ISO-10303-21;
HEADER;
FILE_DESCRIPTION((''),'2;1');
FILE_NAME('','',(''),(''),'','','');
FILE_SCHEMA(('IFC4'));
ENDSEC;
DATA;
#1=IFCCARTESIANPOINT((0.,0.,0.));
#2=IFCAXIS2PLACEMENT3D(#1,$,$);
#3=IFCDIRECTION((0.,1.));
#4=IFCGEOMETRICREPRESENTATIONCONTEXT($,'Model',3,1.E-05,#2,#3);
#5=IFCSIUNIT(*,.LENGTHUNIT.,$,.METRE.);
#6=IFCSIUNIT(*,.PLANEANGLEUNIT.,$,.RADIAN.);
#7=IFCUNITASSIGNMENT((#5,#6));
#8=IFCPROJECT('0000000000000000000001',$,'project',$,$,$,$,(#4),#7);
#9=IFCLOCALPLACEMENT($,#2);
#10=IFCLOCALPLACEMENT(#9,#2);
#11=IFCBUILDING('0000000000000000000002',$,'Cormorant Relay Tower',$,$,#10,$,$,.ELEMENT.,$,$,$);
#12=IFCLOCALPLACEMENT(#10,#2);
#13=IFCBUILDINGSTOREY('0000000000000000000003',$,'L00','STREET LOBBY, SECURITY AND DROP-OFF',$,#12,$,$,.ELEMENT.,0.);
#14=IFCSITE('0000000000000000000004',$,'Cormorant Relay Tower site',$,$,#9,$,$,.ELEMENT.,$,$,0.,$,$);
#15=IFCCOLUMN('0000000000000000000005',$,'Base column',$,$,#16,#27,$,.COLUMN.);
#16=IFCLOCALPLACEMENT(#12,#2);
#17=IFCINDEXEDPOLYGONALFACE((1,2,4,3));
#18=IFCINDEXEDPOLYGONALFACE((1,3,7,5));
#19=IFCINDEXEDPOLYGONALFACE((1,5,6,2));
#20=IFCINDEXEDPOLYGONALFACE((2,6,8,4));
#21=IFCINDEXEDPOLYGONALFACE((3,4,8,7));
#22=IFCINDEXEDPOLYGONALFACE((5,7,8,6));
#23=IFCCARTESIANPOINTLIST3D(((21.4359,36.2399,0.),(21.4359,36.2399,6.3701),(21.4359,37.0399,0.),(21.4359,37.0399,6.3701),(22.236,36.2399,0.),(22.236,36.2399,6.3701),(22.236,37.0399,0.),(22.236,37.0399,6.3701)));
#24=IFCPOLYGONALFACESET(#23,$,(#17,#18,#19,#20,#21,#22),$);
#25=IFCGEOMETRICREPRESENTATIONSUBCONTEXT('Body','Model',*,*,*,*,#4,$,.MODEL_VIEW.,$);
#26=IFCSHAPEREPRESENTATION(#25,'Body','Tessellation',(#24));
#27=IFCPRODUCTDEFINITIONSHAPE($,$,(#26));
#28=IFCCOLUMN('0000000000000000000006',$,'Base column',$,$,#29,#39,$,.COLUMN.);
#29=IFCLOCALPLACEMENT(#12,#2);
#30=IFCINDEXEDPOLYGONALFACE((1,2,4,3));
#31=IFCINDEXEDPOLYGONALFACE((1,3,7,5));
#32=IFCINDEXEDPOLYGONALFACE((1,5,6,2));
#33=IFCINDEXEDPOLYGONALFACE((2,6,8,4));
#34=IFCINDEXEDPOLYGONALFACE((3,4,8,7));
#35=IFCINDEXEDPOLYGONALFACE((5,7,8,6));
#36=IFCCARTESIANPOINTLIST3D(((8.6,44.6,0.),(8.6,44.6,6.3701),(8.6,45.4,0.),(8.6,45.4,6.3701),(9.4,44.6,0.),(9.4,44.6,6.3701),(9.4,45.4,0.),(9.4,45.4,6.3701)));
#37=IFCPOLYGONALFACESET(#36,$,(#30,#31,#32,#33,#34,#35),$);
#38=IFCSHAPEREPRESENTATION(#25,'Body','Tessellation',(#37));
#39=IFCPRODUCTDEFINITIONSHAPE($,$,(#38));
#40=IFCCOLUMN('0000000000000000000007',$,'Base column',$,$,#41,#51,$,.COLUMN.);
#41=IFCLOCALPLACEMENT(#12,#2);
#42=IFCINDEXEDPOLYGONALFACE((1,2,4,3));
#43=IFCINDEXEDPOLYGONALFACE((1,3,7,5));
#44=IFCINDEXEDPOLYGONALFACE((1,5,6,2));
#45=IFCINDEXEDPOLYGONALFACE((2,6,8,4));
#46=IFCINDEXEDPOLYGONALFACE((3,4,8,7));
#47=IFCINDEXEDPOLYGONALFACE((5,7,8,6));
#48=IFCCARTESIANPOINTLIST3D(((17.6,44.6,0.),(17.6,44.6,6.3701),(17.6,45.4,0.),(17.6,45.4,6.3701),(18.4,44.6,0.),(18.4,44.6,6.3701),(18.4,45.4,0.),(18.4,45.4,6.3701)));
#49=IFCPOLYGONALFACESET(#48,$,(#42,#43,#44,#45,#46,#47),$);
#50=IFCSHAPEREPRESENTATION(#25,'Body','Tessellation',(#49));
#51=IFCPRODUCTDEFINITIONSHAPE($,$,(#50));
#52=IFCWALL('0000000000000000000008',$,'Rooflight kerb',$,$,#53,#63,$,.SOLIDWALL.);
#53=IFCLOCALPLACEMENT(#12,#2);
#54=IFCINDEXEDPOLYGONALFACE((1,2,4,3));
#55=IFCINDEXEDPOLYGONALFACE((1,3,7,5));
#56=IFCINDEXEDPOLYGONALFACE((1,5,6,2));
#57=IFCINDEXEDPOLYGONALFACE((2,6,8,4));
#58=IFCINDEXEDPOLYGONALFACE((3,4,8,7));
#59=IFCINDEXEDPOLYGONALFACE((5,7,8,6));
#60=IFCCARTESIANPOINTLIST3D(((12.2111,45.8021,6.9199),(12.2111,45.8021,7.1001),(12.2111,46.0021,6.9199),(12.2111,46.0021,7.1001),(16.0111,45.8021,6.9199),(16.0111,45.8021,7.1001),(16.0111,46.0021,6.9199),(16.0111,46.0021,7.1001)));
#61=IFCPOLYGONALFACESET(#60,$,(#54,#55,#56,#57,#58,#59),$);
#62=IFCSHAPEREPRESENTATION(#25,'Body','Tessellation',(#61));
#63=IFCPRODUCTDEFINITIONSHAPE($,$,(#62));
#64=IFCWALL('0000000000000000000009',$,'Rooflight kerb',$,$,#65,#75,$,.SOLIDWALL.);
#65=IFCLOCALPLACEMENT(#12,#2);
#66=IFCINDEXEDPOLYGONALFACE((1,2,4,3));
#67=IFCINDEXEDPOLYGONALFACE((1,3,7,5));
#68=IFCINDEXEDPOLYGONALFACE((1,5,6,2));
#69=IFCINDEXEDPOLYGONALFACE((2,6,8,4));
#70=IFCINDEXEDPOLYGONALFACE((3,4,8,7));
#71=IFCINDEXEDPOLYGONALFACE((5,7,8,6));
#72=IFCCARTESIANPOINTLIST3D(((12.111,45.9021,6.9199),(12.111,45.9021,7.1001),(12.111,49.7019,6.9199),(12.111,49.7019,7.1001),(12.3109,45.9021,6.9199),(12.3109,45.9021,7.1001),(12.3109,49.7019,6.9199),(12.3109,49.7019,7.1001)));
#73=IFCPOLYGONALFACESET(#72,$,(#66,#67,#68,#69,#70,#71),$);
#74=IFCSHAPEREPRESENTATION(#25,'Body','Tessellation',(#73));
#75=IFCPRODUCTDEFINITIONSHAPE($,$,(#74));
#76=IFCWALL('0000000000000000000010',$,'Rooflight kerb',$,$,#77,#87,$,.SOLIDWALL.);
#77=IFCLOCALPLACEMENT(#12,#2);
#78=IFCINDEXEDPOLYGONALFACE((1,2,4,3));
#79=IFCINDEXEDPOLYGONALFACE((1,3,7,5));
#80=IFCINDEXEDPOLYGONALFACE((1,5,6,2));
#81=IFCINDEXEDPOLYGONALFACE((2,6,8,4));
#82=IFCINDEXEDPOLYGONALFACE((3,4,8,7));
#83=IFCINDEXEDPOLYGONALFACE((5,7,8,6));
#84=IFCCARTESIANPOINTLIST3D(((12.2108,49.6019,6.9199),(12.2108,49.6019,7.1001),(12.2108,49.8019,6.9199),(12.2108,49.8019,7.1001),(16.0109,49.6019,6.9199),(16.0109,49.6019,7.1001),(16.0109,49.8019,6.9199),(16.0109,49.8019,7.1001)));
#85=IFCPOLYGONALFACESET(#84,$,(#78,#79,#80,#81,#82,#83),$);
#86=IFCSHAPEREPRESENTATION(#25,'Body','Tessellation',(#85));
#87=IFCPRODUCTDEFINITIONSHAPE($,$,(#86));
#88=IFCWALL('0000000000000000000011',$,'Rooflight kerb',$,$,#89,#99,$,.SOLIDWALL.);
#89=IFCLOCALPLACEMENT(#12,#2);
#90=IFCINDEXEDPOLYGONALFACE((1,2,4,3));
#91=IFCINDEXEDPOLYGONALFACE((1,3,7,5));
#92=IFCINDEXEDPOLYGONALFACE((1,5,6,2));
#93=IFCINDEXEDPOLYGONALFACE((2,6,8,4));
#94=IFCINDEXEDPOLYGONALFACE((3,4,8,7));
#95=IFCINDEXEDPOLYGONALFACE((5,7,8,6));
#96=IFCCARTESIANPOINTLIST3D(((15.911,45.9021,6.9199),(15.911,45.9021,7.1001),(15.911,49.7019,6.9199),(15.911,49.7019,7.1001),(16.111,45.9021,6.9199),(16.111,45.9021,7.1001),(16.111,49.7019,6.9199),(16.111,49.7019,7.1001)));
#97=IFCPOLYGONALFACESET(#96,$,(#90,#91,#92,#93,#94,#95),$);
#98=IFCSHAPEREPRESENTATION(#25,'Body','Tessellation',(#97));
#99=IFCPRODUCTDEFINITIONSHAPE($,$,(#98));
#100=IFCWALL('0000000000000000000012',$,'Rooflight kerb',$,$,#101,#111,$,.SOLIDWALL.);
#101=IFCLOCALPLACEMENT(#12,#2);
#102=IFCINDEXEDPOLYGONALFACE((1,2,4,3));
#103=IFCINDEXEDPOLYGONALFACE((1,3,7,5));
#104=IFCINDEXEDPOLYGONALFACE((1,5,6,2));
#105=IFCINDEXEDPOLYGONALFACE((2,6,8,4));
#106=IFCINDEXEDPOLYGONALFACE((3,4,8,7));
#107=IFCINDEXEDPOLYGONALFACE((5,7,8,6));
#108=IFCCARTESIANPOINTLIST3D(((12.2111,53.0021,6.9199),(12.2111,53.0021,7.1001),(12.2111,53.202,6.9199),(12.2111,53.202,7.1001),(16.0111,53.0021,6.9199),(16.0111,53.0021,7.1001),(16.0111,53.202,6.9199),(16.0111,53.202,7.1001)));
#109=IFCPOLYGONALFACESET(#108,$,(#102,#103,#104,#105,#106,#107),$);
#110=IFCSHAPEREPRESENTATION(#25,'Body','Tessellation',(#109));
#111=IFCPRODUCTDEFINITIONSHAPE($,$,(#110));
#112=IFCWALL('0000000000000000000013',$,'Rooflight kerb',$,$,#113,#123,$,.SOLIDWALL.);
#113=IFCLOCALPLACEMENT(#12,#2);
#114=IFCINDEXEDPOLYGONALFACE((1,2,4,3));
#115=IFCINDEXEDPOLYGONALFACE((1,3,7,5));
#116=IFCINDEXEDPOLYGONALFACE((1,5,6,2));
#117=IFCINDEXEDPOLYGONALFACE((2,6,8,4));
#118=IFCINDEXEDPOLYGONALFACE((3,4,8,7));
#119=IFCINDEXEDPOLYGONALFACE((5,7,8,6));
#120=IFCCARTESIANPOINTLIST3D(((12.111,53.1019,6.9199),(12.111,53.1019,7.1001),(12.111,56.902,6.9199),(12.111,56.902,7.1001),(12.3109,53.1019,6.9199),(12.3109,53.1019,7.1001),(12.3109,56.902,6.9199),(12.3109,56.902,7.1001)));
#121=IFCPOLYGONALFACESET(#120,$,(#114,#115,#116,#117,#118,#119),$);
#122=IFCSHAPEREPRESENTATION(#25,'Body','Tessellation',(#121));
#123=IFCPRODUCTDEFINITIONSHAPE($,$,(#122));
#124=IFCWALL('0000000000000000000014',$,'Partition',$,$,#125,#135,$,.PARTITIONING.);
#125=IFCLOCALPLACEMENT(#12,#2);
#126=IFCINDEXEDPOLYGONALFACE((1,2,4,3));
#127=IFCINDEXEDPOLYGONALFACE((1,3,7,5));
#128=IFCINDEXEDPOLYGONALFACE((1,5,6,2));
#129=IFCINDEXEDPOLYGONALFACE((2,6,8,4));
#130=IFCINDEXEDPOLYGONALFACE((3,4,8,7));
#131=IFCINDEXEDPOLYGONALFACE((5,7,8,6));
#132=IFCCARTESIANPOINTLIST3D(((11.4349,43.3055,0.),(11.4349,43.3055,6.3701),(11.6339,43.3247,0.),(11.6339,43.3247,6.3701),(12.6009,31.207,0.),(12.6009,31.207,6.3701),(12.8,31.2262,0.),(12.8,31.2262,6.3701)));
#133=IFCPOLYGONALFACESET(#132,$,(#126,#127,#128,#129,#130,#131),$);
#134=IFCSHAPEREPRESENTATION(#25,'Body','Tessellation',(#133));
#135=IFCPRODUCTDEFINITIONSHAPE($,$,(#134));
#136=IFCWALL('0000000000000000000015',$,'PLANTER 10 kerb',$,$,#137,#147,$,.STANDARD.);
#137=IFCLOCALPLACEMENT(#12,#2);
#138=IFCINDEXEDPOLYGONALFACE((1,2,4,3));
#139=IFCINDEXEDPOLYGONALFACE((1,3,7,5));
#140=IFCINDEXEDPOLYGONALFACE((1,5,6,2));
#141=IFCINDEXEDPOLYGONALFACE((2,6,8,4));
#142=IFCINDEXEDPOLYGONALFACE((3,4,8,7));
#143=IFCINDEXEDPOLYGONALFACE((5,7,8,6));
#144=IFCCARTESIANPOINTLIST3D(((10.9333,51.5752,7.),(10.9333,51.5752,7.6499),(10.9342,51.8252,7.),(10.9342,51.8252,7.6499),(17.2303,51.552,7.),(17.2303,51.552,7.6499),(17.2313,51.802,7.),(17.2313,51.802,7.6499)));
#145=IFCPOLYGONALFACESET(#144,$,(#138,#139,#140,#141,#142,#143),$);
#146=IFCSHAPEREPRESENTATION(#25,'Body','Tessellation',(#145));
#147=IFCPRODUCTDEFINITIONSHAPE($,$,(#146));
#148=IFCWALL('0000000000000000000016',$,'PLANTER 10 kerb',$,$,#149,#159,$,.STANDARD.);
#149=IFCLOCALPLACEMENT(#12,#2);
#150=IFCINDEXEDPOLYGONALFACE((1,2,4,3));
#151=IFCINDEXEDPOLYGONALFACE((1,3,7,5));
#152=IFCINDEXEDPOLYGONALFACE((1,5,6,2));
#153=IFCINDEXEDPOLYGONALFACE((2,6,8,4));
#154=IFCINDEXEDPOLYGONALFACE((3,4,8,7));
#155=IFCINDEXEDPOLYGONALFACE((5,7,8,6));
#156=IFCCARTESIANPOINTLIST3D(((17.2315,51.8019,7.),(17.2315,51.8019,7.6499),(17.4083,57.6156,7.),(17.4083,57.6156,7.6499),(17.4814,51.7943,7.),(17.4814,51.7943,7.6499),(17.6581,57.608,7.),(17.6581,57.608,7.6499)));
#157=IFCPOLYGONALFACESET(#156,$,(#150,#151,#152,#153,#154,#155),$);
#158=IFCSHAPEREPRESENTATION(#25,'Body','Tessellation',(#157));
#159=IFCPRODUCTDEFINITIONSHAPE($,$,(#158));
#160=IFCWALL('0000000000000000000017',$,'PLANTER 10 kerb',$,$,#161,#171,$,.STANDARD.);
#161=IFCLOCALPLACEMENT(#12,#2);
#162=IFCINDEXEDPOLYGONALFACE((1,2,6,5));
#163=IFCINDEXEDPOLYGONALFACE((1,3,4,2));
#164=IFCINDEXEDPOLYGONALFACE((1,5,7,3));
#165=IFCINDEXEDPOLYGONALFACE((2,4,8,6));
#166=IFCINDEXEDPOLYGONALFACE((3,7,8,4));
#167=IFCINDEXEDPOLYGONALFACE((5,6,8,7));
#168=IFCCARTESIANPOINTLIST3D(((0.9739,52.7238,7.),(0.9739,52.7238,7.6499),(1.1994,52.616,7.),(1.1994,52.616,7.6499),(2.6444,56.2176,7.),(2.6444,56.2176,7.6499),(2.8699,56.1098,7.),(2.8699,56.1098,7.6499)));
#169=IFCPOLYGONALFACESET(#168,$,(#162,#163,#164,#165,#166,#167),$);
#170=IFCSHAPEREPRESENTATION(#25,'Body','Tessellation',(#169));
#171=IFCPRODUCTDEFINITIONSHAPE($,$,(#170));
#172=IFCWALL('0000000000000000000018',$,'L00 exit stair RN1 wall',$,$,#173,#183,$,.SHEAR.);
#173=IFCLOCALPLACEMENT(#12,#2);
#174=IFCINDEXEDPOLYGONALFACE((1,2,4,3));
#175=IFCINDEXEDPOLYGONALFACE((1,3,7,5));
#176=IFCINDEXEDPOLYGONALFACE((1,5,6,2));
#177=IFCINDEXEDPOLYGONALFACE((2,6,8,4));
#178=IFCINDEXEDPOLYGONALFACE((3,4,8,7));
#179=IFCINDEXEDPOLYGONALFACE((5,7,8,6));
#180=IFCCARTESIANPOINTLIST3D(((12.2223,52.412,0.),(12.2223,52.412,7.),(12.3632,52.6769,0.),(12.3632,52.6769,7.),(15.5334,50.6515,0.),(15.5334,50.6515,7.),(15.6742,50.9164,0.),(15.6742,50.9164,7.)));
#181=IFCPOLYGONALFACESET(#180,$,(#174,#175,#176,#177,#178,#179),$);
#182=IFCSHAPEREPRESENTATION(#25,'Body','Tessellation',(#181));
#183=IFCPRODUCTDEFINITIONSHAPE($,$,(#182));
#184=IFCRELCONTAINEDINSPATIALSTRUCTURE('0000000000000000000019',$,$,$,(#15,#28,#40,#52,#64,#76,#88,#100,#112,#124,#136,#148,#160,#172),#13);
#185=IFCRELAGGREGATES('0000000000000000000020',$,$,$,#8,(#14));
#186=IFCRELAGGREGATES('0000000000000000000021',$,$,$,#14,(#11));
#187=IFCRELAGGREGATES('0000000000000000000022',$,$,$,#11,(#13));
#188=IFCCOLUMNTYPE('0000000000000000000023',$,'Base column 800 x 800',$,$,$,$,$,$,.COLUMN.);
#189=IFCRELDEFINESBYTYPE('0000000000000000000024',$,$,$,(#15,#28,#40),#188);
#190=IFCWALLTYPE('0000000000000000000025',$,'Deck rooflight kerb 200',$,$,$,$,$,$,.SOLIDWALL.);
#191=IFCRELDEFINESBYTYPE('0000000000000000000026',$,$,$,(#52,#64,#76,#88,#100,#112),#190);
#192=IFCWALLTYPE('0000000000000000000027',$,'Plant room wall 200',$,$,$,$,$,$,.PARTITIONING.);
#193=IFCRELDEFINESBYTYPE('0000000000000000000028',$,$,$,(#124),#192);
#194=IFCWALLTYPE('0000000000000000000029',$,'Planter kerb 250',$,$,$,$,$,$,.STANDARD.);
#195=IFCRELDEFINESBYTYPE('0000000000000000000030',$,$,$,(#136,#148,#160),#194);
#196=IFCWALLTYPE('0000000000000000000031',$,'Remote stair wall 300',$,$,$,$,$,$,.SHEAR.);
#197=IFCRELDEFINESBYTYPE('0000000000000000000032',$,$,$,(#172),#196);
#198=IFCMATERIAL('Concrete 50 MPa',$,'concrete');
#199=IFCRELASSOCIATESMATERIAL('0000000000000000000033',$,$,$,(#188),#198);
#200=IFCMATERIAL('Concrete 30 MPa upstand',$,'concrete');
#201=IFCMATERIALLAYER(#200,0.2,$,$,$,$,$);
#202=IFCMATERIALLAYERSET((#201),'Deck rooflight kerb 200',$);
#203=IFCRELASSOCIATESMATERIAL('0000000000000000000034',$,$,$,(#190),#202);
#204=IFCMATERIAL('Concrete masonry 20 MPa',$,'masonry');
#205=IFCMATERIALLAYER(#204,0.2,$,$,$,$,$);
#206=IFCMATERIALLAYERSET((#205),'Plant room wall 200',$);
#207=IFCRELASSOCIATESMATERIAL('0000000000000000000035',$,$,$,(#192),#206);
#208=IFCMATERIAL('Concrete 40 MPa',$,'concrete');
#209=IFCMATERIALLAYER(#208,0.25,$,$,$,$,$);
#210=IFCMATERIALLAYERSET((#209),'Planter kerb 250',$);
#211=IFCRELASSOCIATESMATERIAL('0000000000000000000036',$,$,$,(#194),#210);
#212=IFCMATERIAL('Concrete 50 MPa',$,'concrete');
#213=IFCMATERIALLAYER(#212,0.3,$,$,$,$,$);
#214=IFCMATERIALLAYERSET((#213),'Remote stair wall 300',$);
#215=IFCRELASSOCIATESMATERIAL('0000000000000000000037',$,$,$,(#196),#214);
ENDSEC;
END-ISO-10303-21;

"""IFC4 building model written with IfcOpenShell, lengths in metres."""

from ifc_helpers import new_model, si_unit, direction, frame, frame_2d, origin, origin_2d, place, context, subcontext, project, spatial, rectangle, extrude, material, layer, layer_set, material_profile, profile_set, type_object, element, save


model = new_model("IFC4")

# Units and contexts
model_context = context("Model", 3, precision=1e-05, world=origin(), true_north=direction((0.0, 1.0)))
body_context = subcontext(model_context, "Body", "Model", "MODEL_VIEW")
ifc_project = project(units=[si_unit("LENGTHUNIT", "METRE"), si_unit("PLANEANGLEUNIT", "RADIAN")], contexts=[model_context])

# Site, building, storey
site_placement = place(None, origin())
site = spatial("IfcSite", under=ifc_project, at=site_placement, Name="Cormorant Relay Tower site", CompositionType="ELEMENT", RefElevation=0.0)
building_placement = place(site_placement, origin())
building = spatial("IfcBuilding", under=site, at=building_placement, Name="Cormorant Relay Tower", CompositionType="ELEMENT")
storey_placement = place(building_placement, origin())
storey = spatial("IfcBuildingStorey", under=building, at=storey_placement, Name="L00", Description="STREET LOBBY, SECURITY AND DROP-OFF", CompositionType="ELEMENT", Elevation=0.0)

# Columns
ifc_material_1 = material(Name="Concrete 50 MPa", Category="concrete")
ifc_material_profile = material_profile(ifc_material_1, rectangle(XDim=0.8, YDim=0.8, at=origin_2d()), Name="RC 800x800")
ifc_profile_set = profile_set([ifc_material_profile], Name="Concrete 50 MPa")
column_type = type_object("IfcColumnType", Name="Base column 800 x 800", PredefinedType="COLUMN", material=ifc_profile_set)
for number, where, z_axis, x_axis, name in (
    (1, (21.8359, 36.6399, 0.0), (0.0, 0.0, 1.0), (1.0, 0.0, 0.0), "Base column"),
    (2, (9.0, 45.0, 0.0), (0.0, 0.0, 1.0), (1.0, 0.0, 0.0), "Base column"),
    (3, (18.0, 45.0, 0.0), (0.0, 0.0, 1.0), (1.0, 0.0, 0.0), "Base column"),
):
    element("IfcColumn", number, at=place(storey_placement, frame(where, z_axis=z_axis, x_axis=x_axis)), inside=storey, type_object=column_type, Name=name, PredefinedType="COLUMN", context=body_context, shape_type="SweptSolid", body=[
        extrude(rectangle(XDim=0.8, YDim=0.8, at=origin_2d()), origin(), (0.0, 0.0, 1.0), 6.3701),
    ])

# Walls
ifc_material_2 = material(Name="Concrete 30 MPa upstand", Category="concrete")
ifc_layer_1 = layer(ifc_material_2, 0.2)
ifc_layer_set_1 = layer_set([ifc_layer_1], Name="Deck rooflight kerb 200")
wall_type_1 = type_object("IfcWallType", Name="Deck rooflight kerb 200", PredefinedType="SOLIDWALL", material=ifc_layer_set_1)
wall_1_placement = place(storey_placement, frame((16.011, 45.9021, 6.9199), z_axis=(0.0, 0.0, 1.0), x_axis=(-1.0, 0.0, 0.0)))
element("IfcWall", 4, at=wall_1_placement, inside=storey, type_object=wall_type_1, Name="Rooflight kerb", PredefinedType="SOLIDWALL", context=body_context, shape_type="SweptSolid", body=[
    extrude(rectangle(XDim=3.8, YDim=0.2, at=frame_2d((1.8999, 0.0))), origin(), (0.0, 0.0, 1.0), 0.1802),
])
wall_2_placement = place(storey_placement, frame((12.2109, 45.9021, 6.9199), z_axis=(0.0, 0.0, 1.0), x_axis=(0.0, 1.0, 0.0)))
element("IfcWall", 5, at=wall_2_placement, inside=storey, type_object=wall_type_1, Name="Rooflight kerb", PredefinedType="SOLIDWALL", context=body_context, shape_type="SweptSolid", body=[
    extrude(rectangle(XDim=3.7998, YDim=0.2, at=frame_2d((1.8999, 0.0))), origin(), (0.0, 0.0, 1.0), 0.1802),
])
wall_3_placement = place(storey_placement, frame((12.2109, 49.7019, 6.9199), z_axis=(0.0, 0.0, 1.0), x_axis=(1.0, 0.0, 0.0)))
element("IfcWall", 6, at=wall_3_placement, inside=storey, type_object=wall_type_1, Name="Rooflight kerb", PredefinedType="SOLIDWALL", context=body_context, shape_type="SweptSolid", body=[
    extrude(rectangle(XDim=3.8, YDim=0.2, at=frame_2d((1.8999, 0.0))), origin(), (0.0, 0.0, 1.0), 0.1802),
])
wall_4_placement = place(storey_placement, frame((16.011, 49.7019, 6.9199), z_axis=(0.0, 0.0, 1.0), x_axis=(0.0, -1.0, 0.0)))
element("IfcWall", 7, at=wall_4_placement, inside=storey, type_object=wall_type_1, Name="Rooflight kerb", PredefinedType="SOLIDWALL", context=body_context, shape_type="SweptSolid", body=[
    extrude(rectangle(XDim=3.7998, YDim=0.2, at=frame_2d((1.8999, 0.0))), origin(), (0.0, 0.0, 1.0), 0.1802),
])
for number, where, z_axis, x_axis, name in (
    (8, (16.011, 53.1021, 6.9199), (0.0, 0.0, 1.0), (-1.0, 0.0, 0.0), "Rooflight kerb"),
    (9, (12.2109, 53.1021, 6.9199), (0.0, 0.0, 1.0), (0.0, 1.0, 0.0), "Rooflight kerb"),
):
    element("IfcWall", number, at=place(storey_placement, frame(where, z_axis=z_axis, x_axis=x_axis)), inside=storey, type_object=wall_type_1, Name=name, PredefinedType="SOLIDWALL", context=body_context, shape_type="SweptSolid", body=[
        extrude(rectangle(XDim=3.8, YDim=0.2, at=frame_2d((1.8999, 0.0))), origin(), (0.0, 0.0, 1.0), 0.1802),
    ])
ifc_material_3 = material(Name="Concrete masonry 20 MPa", Category="masonry")
ifc_layer_2 = layer(ifc_material_3, 0.2)
ifc_layer_set_2 = layer_set([ifc_layer_2], Name="Plant room wall 200")
wall_type_2 = type_object("IfcWallType", Name="Plant room wall 200", PredefinedType="PARTITIONING", material=ifc_layer_set_2)
wall_5_placement = place(storey_placement, frame((11.5344, 43.3149, 0.0), z_axis=(0.0, 0.0, 1.0), x_axis=(0.095933, -0.995388, 0.0)))
element("IfcWall", 10, at=wall_5_placement, inside=storey, type_object=wall_type_2, Name="Partition", PredefinedType="PARTITIONING", context=body_context, shape_type="SweptSolid", body=[
    extrude(rectangle(XDim=12.1545, YDim=0.2, at=frame_2d((6.0771, 0.0))), origin(), (0.0, 0.0, 1.0), 6.3701),
])
ifc_material_4 = material(Name="Concrete 40 MPa", Category="concrete")
ifc_layer_3 = layer(ifc_material_4, 0.25)
ifc_layer_set_3 = layer_set([ifc_layer_3], Name="Planter kerb 250")
wall_type_3 = type_object("IfcWallType", Name="Planter kerb 250", PredefinedType="STANDARD", material=ifc_layer_set_3)
wall_6_placement = place(storey_placement, frame((10.9338, 51.7002, 7.0), z_axis=(0.0, 0.0, 1.0), x_axis=(0.999993, -0.003683, 0.0)))
element("IfcWall", 11, at=wall_6_placement, inside=storey, type_object=wall_type_3, Name="PLANTER 10 kerb", PredefinedType="STANDARD", context=body_context, shape_type="SweptSolid", body=[
    extrude(rectangle(XDim=6.2971, YDim=0.25, at=frame_2d((3.1484, 0.0))), origin(), (0.0, 0.0, 1.0), 0.6499),
])
wall_7_placement = place(storey_placement, frame((17.3564, 51.7981, 7.0), z_axis=(0.0, 0.0, 1.0), x_axis=(0.03039, 0.999538, 0.0)))
element("IfcWall", 12, at=wall_7_placement, inside=storey, type_object=wall_type_3, Name="PLANTER 10 kerb", PredefinedType="STANDARD", context=body_context, shape_type="SweptSolid", body=[
    extrude(rectangle(XDim=5.8164, YDim=0.25, at=frame_2d((2.9082, 0.0))), origin(), (0.0, 0.0, 1.0), 0.6499),
])
wall_8_placement = place(storey_placement, frame((1.0867, 52.6699, 7.0), z_axis=(0.0, 0.0, 1.0), x_axis=(0.431357, 0.902181, 0.0)))
element("IfcWall", 13, at=wall_8_placement, inside=storey, type_object=wall_type_3, Name="PLANTER 10 kerb", PredefinedType="STANDARD", context=body_context, shape_type="SweptSolid", body=[
    extrude(rectangle(XDim=3.8726, YDim=0.25, at=frame_2d((1.9363, 0.0))), origin(), (0.0, 0.0, 1.0), 0.6499),
])
ifc_material_5 = material(Name="Concrete 50 MPa", Category="concrete")
ifc_layer_4 = layer(ifc_material_5, 0.3)
ifc_layer_set_4 = layer_set([ifc_layer_4], Name="Remote stair wall 300")
wall_type_4 = type_object("IfcWallType", Name="Remote stair wall 300", PredefinedType="SHEAR", material=ifc_layer_set_4)
wall_9_placement = place(storey_placement, frame((12.2927, 52.5444, 0.0), z_axis=(0.0, 0.0, 1.0), x_axis=(0.882949, -0.469469, 0.0)))
element("IfcWall", 14, at=wall_9_placement, inside=storey, type_object=wall_type_4, Name="L00 exit stair RN1 wall", PredefinedType="SHEAR", context=body_context, shape_type="SweptSolid", body=[
    extrude(rectangle(XDim=3.75, YDim=0.3, at=frame_2d((1.875, 0.0))), origin(), (0.0, 0.0, 1.0), 7.0),
])

save(model, "model.ifc")
